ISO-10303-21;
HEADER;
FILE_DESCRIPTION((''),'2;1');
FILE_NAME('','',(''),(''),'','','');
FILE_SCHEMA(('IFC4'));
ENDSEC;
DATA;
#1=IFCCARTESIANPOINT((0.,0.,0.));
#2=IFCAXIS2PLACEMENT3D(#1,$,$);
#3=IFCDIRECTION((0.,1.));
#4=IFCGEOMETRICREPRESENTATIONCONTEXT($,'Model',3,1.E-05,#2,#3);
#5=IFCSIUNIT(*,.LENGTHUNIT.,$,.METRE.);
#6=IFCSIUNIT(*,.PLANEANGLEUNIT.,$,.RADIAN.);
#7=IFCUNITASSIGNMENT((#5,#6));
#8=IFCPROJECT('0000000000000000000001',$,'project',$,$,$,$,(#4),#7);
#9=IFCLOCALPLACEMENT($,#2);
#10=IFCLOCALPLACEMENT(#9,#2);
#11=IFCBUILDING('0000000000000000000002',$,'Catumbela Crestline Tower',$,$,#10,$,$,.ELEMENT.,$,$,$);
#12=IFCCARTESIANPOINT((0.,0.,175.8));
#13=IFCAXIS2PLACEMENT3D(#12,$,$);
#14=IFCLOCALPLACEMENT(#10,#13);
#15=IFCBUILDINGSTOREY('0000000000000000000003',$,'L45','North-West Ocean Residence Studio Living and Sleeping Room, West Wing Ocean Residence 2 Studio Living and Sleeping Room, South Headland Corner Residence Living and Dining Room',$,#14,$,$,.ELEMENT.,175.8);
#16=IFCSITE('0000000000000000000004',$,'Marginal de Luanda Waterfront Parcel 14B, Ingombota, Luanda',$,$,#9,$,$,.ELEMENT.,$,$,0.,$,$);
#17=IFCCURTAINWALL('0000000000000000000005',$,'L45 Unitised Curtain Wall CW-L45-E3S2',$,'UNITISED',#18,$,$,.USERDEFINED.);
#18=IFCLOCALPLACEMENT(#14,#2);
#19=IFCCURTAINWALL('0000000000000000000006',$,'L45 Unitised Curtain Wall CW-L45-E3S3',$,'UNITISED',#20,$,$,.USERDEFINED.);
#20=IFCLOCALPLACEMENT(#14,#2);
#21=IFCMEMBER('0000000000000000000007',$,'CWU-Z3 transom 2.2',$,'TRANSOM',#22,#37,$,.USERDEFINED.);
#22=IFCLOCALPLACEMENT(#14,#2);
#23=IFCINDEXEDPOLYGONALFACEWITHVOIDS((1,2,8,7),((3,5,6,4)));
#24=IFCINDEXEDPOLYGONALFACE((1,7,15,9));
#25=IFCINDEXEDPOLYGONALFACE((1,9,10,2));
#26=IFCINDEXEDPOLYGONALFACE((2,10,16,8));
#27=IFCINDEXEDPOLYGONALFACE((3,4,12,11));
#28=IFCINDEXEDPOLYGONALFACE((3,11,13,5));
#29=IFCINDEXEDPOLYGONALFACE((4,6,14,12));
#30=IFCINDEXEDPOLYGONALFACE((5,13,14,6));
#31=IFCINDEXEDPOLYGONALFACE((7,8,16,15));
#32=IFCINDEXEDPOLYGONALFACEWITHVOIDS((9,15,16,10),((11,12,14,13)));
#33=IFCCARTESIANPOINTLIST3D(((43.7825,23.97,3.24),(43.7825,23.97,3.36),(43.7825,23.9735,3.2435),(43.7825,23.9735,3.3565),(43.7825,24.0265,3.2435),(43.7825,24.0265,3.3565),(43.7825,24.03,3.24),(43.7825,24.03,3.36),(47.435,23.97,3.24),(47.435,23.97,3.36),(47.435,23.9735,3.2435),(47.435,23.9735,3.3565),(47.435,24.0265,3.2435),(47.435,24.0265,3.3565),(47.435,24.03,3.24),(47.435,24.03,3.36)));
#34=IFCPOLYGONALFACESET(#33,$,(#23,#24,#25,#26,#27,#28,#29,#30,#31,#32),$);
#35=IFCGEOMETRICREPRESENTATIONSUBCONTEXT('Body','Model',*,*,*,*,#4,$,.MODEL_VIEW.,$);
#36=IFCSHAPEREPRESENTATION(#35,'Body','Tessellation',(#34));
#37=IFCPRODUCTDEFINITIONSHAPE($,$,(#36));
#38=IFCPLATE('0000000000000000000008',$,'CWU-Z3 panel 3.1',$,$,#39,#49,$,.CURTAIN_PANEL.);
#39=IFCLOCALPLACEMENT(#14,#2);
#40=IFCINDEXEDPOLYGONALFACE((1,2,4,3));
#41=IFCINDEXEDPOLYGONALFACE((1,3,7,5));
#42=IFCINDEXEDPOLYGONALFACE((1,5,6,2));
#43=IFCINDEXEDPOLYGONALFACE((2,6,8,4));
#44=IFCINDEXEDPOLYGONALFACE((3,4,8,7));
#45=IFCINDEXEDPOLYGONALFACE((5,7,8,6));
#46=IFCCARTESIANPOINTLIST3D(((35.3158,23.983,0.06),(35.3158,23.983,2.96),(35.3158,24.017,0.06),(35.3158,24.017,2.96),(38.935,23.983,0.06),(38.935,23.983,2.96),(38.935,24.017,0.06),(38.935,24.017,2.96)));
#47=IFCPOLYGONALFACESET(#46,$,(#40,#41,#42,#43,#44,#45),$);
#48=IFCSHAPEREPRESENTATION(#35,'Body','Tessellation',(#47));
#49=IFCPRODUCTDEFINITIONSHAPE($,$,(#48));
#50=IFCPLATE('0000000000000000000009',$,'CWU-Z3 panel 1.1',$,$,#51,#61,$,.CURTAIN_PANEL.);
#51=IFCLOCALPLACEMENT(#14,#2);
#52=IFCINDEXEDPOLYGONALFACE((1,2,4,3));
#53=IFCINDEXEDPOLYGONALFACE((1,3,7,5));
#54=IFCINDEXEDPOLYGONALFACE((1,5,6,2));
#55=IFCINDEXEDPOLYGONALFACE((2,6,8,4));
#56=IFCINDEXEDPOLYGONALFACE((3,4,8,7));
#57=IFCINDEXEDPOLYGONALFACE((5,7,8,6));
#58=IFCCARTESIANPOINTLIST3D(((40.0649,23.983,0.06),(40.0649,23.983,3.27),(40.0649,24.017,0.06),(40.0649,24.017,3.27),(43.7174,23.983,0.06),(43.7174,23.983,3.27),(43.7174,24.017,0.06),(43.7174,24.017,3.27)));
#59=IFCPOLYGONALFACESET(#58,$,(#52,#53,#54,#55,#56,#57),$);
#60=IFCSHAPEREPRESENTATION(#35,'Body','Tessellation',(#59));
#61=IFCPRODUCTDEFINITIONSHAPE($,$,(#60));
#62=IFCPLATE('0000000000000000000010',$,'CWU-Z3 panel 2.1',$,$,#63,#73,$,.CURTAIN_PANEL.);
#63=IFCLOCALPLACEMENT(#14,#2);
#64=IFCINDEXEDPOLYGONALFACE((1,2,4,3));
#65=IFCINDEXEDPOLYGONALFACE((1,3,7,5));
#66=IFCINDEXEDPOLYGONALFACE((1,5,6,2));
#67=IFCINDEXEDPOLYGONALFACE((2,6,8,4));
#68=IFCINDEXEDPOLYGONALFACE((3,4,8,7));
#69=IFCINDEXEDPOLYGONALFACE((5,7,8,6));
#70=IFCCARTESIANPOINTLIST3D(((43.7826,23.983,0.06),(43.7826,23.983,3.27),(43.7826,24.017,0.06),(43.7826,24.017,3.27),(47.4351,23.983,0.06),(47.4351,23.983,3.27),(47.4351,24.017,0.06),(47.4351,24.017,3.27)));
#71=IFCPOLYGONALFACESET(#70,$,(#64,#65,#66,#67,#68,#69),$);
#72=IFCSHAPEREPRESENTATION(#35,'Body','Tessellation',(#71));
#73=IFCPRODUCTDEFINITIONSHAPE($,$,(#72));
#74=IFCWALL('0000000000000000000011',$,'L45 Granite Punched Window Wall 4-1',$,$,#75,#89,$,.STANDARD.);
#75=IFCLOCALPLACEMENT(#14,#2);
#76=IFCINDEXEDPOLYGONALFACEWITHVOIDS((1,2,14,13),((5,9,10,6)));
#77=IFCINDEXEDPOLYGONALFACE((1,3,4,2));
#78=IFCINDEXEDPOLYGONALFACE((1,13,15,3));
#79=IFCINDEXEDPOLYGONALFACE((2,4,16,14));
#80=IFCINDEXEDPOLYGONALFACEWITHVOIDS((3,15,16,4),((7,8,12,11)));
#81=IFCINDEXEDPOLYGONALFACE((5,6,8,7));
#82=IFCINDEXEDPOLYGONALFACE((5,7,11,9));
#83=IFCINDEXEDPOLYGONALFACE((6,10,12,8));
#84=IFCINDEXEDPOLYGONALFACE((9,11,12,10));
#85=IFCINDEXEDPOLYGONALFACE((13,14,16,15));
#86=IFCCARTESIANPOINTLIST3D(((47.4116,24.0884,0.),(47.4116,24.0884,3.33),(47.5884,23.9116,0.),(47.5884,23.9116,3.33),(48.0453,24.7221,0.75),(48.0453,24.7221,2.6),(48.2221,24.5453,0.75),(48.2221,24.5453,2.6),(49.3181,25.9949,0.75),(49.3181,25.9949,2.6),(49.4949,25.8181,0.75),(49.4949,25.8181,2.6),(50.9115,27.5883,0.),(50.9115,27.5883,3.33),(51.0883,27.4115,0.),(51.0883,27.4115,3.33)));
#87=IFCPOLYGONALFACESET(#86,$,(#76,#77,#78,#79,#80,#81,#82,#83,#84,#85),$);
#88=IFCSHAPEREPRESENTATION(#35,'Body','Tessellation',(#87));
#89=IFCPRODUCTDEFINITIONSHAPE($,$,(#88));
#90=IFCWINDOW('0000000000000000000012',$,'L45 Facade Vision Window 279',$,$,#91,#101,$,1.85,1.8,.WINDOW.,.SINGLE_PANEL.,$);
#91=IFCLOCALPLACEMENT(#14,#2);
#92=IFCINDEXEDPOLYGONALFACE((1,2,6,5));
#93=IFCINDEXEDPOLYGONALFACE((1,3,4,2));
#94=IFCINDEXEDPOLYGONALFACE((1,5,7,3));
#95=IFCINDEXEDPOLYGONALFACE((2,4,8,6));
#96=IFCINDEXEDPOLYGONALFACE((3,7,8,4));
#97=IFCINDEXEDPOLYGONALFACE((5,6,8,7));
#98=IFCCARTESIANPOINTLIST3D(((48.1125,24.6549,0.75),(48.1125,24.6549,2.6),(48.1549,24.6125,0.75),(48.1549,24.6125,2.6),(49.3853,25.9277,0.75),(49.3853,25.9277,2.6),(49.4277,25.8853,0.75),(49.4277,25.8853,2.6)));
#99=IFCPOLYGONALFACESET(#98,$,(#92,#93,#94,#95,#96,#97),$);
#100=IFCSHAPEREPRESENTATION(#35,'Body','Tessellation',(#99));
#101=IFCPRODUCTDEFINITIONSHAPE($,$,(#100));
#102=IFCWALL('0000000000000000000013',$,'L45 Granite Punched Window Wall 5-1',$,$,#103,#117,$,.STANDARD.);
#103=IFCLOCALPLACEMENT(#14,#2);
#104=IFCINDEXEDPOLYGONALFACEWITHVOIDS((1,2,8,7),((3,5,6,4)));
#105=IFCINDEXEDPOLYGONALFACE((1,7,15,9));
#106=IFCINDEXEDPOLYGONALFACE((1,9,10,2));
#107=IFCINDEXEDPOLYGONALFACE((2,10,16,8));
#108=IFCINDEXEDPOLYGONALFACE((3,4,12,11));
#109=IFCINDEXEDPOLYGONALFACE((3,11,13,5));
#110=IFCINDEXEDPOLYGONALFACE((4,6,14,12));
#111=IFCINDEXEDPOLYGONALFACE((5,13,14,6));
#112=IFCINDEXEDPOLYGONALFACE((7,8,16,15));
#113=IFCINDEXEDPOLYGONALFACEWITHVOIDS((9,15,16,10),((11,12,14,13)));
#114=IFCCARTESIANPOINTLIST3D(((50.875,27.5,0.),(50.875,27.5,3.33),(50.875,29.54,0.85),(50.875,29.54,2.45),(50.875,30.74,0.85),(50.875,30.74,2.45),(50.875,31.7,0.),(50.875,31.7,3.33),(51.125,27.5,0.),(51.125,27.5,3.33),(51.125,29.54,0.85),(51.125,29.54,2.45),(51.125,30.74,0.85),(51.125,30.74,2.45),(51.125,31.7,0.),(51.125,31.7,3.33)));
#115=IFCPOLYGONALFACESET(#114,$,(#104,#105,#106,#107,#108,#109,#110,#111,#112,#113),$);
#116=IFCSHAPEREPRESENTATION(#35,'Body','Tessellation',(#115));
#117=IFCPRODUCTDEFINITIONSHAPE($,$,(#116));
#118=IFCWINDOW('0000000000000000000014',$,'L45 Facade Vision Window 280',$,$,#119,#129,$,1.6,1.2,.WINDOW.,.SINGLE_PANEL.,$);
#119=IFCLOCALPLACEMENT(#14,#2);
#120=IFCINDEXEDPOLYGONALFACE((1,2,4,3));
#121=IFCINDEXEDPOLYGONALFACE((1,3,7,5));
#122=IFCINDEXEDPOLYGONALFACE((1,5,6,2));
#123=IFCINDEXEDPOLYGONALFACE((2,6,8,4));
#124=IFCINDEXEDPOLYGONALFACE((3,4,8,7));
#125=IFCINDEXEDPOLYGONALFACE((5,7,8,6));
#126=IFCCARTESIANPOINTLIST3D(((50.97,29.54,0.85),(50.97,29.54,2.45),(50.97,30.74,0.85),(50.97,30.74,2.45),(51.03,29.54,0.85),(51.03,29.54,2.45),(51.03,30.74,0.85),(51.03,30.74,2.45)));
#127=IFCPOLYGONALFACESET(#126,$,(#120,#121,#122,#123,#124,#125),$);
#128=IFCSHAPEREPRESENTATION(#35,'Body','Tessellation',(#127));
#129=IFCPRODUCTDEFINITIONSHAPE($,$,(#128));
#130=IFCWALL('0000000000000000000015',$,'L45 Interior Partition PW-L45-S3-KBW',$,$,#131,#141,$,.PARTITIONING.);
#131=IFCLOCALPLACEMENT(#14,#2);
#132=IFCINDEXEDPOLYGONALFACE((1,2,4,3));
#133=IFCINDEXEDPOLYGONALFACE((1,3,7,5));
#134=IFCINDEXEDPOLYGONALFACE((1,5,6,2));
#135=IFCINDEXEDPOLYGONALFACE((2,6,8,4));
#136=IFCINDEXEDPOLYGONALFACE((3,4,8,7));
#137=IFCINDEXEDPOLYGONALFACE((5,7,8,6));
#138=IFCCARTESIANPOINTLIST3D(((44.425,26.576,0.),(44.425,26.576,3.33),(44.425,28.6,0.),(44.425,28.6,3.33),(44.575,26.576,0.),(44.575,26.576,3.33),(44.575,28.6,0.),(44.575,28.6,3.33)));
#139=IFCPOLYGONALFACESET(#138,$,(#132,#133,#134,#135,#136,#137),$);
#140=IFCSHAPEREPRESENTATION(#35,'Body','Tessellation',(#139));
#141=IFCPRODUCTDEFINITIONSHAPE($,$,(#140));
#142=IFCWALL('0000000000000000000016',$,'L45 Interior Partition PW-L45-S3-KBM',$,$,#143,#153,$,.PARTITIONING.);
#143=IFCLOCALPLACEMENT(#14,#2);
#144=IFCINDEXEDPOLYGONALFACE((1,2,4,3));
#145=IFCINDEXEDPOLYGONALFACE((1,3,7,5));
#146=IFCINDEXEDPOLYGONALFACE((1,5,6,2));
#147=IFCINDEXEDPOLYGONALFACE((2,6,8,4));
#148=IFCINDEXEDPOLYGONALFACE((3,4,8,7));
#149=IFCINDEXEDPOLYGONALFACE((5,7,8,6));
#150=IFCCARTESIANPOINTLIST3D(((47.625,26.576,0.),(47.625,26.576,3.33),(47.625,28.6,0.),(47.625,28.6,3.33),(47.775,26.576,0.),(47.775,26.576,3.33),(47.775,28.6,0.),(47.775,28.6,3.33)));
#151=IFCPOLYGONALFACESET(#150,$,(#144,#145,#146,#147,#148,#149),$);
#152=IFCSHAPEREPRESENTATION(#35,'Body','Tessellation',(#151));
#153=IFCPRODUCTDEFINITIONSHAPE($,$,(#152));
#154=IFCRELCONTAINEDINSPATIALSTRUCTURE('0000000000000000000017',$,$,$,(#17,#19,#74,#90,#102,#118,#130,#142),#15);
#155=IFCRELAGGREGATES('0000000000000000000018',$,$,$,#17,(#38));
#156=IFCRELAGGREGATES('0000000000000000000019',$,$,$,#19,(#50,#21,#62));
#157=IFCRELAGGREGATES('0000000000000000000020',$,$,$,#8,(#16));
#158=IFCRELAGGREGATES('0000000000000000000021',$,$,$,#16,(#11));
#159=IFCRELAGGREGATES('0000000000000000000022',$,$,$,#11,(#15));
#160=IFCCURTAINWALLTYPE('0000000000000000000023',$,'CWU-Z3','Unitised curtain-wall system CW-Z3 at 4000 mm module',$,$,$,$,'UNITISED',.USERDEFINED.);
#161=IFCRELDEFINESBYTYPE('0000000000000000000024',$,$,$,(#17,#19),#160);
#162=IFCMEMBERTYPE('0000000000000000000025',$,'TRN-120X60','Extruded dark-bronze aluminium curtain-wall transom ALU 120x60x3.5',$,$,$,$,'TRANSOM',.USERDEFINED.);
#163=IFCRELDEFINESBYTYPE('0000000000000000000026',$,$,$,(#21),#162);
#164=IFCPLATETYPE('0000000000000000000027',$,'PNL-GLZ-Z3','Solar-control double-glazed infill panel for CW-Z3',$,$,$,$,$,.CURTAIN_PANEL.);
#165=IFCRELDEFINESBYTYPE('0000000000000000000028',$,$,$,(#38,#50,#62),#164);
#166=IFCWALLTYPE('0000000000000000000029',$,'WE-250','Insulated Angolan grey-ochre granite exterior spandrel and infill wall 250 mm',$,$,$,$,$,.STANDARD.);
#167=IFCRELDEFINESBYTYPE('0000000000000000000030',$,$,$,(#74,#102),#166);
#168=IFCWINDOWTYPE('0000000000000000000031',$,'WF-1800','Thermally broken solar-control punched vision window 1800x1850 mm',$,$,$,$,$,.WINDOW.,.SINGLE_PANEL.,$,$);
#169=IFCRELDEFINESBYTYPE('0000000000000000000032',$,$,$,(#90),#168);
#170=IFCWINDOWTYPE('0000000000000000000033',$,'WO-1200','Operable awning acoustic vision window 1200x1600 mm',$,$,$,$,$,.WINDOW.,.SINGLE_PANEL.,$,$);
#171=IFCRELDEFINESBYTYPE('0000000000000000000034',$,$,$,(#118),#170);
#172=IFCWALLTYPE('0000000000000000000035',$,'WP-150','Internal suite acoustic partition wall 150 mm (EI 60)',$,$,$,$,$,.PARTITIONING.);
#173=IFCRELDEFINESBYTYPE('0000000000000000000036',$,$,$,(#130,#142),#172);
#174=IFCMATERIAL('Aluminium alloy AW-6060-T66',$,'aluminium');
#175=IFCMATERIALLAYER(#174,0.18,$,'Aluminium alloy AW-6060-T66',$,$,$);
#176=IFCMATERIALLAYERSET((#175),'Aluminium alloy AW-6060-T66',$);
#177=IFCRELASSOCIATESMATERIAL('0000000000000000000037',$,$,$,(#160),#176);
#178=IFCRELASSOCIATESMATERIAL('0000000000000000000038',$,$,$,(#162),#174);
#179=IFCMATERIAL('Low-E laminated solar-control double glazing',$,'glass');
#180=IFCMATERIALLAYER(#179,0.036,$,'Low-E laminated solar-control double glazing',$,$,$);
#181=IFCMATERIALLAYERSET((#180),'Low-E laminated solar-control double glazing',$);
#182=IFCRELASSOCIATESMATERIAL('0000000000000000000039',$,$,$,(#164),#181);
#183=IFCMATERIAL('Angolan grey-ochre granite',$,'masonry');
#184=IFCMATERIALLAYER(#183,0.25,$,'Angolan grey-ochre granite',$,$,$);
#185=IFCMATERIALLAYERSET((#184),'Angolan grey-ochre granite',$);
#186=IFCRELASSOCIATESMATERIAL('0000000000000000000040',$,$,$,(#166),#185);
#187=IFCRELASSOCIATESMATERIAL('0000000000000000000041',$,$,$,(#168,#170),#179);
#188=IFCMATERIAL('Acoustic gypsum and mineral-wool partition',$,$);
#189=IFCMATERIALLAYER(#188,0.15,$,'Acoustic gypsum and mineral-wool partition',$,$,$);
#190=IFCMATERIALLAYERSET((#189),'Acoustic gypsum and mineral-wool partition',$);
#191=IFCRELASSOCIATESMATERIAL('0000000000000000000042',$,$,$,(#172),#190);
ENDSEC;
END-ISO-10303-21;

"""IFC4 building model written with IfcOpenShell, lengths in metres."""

from ifc_helpers import new_model, si_unit, direction, frame, frame_2d, origin, origin_2d, place, context, subcontext, project, spatial, rectangle, hollow_rectangle, extrude, material, layer, layer_set, material_profile, profile_set, type_object, element, fill, aggregate, save


model = new_model("IFC4")

# Units and contexts
model_context = context("Model", 3, precision=1e-05, world=origin(), true_north=direction((0.0, 1.0)))
body_context = subcontext(model_context, "Body", "Model", "MODEL_VIEW")
ifc_project = project(units=[si_unit("LENGTHUNIT", "METRE"), si_unit("PLANEANGLEUNIT", "RADIAN")], contexts=[model_context])

# Site, building, storey
site_placement = place(None, origin())
site = spatial("IfcSite", under=ifc_project, at=site_placement, Name="Marginal de Luanda Waterfront Parcel 14B, Ingombota, Luanda", CompositionType="ELEMENT", RefElevation=0.0)
building_placement = place(site_placement, origin())
building = spatial("IfcBuilding", under=site, at=building_placement, Name="Catumbela Crestline Tower", CompositionType="ELEMENT")
storey_placement = place(building_placement, frame((0.0, 0.0, 175.8)))
storey = spatial("IfcBuildingStorey", under=building, at=storey_placement, Name="L45", Description="North-West Ocean Residence Studio Living and Sleeping Room, West Wing Ocean Residence 2 Studio Living and Sleeping Room, South Headland Corner Residence Living and Dining Room", CompositionType="ELEMENT", Elevation=175.8)

# Curtain wall
ifc_material_1 = material(Name="Aluminium alloy AW-6060-T66", Category="aluminium")
ifc_layer_1 = layer(ifc_material_1, 0.18, Name="Aluminium alloy AW-6060-T66")
ifc_layer_set_1 = layer_set([ifc_layer_1], Name="Aluminium alloy AW-6060-T66")
curtain_wall_type = type_object("IfcCurtainWallType", Name="CWU-Z3", Description="Unitised curtain-wall system CW-Z3 at 4000 mm module", ElementType="UNITISED", PredefinedType="USERDEFINED", material=ifc_layer_set_1)
curtain_wall_1_placement = place(storey_placement, origin())
curtain_wall_1 = element("IfcCurtainWall", 1, at=curtain_wall_1_placement, inside=storey, type_object=curtain_wall_type, Name="L45 Unitised Curtain Wall CW-L45-E3S2", ObjectType="UNITISED", PredefinedType="USERDEFINED")

# Curtain wall, member
curtain_wall_2_placement = place(storey_placement, origin())
curtain_wall_2 = element("IfcCurtainWall", 2, at=curtain_wall_2_placement, inside=storey, type_object=curtain_wall_type, Name="L45 Unitised Curtain Wall CW-L45-E3S3", ObjectType="UNITISED", PredefinedType="USERDEFINED")
ifc_material_profile_1 = material_profile(ifc_material_1, hollow_rectangle(XDim=0.06, YDim=0.12, WallThickness=0.0035, at=origin_2d()), Name="ALU 120x60x3.5")
ifc_profile_set_1 = profile_set([ifc_material_profile_1], Name="Aluminium alloy AW-6060-T66")
member_type_1 = type_object("IfcMemberType", Name="TRN-120X60", Description="Extruded dark-bronze aluminium curtain-wall transom ALU 120x60x3.5", ElementType="TRANSOM", PredefinedType="USERDEFINED", material=ifc_profile_set_1)
member_1_placement = place(storey_placement, frame((43.7825, 24.0, 3.3), z_axis=(1.0, 0.0, 0.0), x_axis=(0.0, 1.0, 0.0)))
member_1 = element("IfcMember", 3, at=member_1_placement, type_object=member_type_1, Name="CWU-Z3 transom 2.2", ObjectType="TRANSOM", PredefinedType="USERDEFINED", context=body_context, shape_type="SweptSolid", body=[
    extrude(hollow_rectangle(XDim=0.06, YDim=0.12, WallThickness=0.0035, at=origin_2d()), origin(), (0.0, 0.0, 1.0), 3.6525),
])

# Plates
ifc_material_2 = material(Name="Low-E laminated solar-control double glazing", Category="glass")
ifc_layer_2 = layer(ifc_material_2, 0.036, Name="Low-E laminated solar-control double glazing")
ifc_layer_set_2 = layer_set([ifc_layer_2], Name="Low-E laminated solar-control double glazing")
plate_type = type_object("IfcPlateType", Name="PNL-GLZ-Z3", Description="Solar-control double-glazed infill panel for CW-Z3", PredefinedType="CURTAIN_PANEL", material=ifc_layer_set_2)
plate_1_placement = place(storey_placement, frame((37.1254, 24.0, 0.06), z_axis=(0.0, 0.0, 1.0), x_axis=(1.0, 0.0, 0.0)))
plate_1 = element("IfcPlate", 4, at=plate_1_placement, type_object=plate_type, Name="CWU-Z3 panel 3.1", PredefinedType="CURTAIN_PANEL", context=body_context, shape_type="SweptSolid", body=[
    extrude(rectangle(XDim=3.6192, YDim=0.034, at=origin_2d()), origin(), (0.0, 0.0, 1.0), 2.9),
])
aggregate(curtain_wall_1, [plate_1])
plate_2_placement = place(storey_placement, frame((41.8912, 24.0, 0.06), z_axis=(0.0, 0.0, 1.0), x_axis=(1.0, 0.0, 0.0)))
plate_2 = element("IfcPlate", 5, at=plate_2_placement, type_object=plate_type, Name="CWU-Z3 panel 1.1", PredefinedType="CURTAIN_PANEL", context=body_context, shape_type="SweptSolid", body=[
    extrude(rectangle(XDim=3.6525, YDim=0.034, at=origin_2d()), origin(), (0.0, 0.0, 1.0), 3.21),
])
plate_3_placement = place(storey_placement, frame((45.6088, 24.0, 0.06), z_axis=(0.0, 0.0, 1.0), x_axis=(1.0, 0.0, 0.0)))
plate_3 = element("IfcPlate", 6, at=plate_3_placement, type_object=plate_type, Name="CWU-Z3 panel 2.1", PredefinedType="CURTAIN_PANEL", context=body_context, shape_type="SweptSolid", body=[
    extrude(rectangle(XDim=3.6525, YDim=0.034, at=origin_2d()), origin(), (0.0, 0.0, 1.0), 3.21),
])
aggregate(curtain_wall_2, [plate_2, member_1, plate_3])

# Walls, openings, windows
ifc_material_3 = material(Name="Angolan grey-ochre granite", Category="masonry")
ifc_layer_3 = layer(ifc_material_3, 0.25, Name="Angolan grey-ochre granite")
ifc_layer_set_3 = layer_set([ifc_layer_3], Name="Angolan grey-ochre granite")
wall_type_1 = type_object("IfcWallType", Name="WE-250", Description="Insulated Angolan grey-ochre granite exterior spandrel and infill wall 250 mm", PredefinedType="STANDARD", material=ifc_layer_set_3)
wall_1_placement = place(storey_placement, frame((47.5, 24.0, 0.0), z_axis=(0.0, 0.0, 1.0), x_axis=(0.707107, 0.707107, 0.0)))
wall_1 = element("IfcWall", 7, at=wall_1_placement, inside=storey, type_object=wall_type_1, Name="L45 Granite Punched Window Wall 4-1", PredefinedType="STANDARD", context=body_context, shape_type="SweptSolid", body=[
    extrude(rectangle(XDim=4.9497, YDim=0.25, at=frame_2d((2.4748, 0.0))), origin(), (0.0, 0.0, 1.0), 3.33),
])
opening_1_placement = place(wall_1_placement, frame((0.8962, 0.0, 0.75)))
opening_1 = element("IfcOpeningElement", 8, at=opening_1_placement, cuts=wall_1, PredefinedType="OPENING", context=body_context, shape_type="SweptSolid", body=[
    extrude(rectangle(XDim=1.8, YDim=1.85, at=frame_2d((0.9, 0.925))), frame((0.0, 0.135, 0.0), z_axis=(0.0, -1.0, 0.0), x_axis=(1.0, 0.0, 0.0)), (0.0, 0.0, 1.0), 0.27),
])
window_type_1 = type_object("IfcWindowType", Name="WF-1800", Description="Thermally broken solar-control punched vision window 1800x1850 mm", PartitioningType="SINGLE_PANEL", PredefinedType="WINDOW", material=ifc_material_2)
window_1_placement = place(opening_1_placement, origin())
window_1 = element("IfcWindow", 9, at=window_1_placement, inside=storey, type_object=window_type_1, Name="L45 Facade Vision Window 279", OverallHeight=1.85, OverallWidth=1.8, PartitioningType="SINGLE_PANEL", PredefinedType="WINDOW", context=body_context, shape_type="SweptSolid", body=[
    extrude(rectangle(XDim=1.8, YDim=1.85, at=frame_2d((0.9, 0.925))), frame((0.0, 0.03, 0.0), z_axis=(0.0, -1.0, 0.0), x_axis=(1.0, 0.0, 0.0)), (0.0, 0.0, 1.0), 0.06),
])
fill(opening_1, window_1)
wall_2_placement = place(storey_placement, frame((51.0, 27.5, 0.0), z_axis=(0.0, 0.0, 1.0), x_axis=(0.0, 1.0, 0.0)))
wall_2 = element("IfcWall", 10, at=wall_2_placement, inside=storey, type_object=wall_type_1, Name="L45 Granite Punched Window Wall 5-1", PredefinedType="STANDARD", context=body_context, shape_type="SweptSolid", body=[
    extrude(rectangle(XDim=4.2, YDim=0.25, at=frame_2d((2.1, 0.0))), origin(), (0.0, 0.0, 1.0), 3.33),
])
opening_2_placement = place(wall_2_placement, frame((2.04, 0.0, 0.85)))
opening_2 = element("IfcOpeningElement", 11, at=opening_2_placement, cuts=wall_2, PredefinedType="OPENING", context=body_context, shape_type="SweptSolid", body=[
    extrude(rectangle(XDim=1.2, YDim=1.6, at=frame_2d((0.6, 0.8))), frame((0.0, 0.135, 0.0), z_axis=(0.0, -1.0, 0.0), x_axis=(1.0, 0.0, 0.0)), (0.0, 0.0, 1.0), 0.27),
])
window_type_2 = type_object("IfcWindowType", Name="WO-1200", Description="Operable awning acoustic vision window 1200x1600 mm", PartitioningType="SINGLE_PANEL", PredefinedType="WINDOW", material=ifc_material_2)
window_2_placement = place(opening_2_placement, origin())
window_2 = element("IfcWindow", 12, at=window_2_placement, inside=storey, type_object=window_type_2, Name="L45 Facade Vision Window 280", OverallHeight=1.6, OverallWidth=1.2, PartitioningType="SINGLE_PANEL", PredefinedType="WINDOW", context=body_context, shape_type="SweptSolid", body=[
    extrude(rectangle(XDim=1.2, YDim=1.6, at=frame_2d((0.6, 0.8))), frame((0.0, 0.03, 0.0), z_axis=(0.0, -1.0, 0.0), x_axis=(1.0, 0.0, 0.0)), (0.0, 0.0, 1.0), 0.06),
])
fill(opening_2, window_2)

# Walls
ifc_material_4 = material(Name="Acoustic gypsum and mineral-wool partition")
ifc_layer_4 = layer(ifc_material_4, 0.15, Name="Acoustic gypsum and mineral-wool partition")
ifc_layer_set_4 = layer_set([ifc_layer_4], Name="Acoustic gypsum and mineral-wool partition")
wall_type_2 = type_object("IfcWallType", Name="WP-150", Description="Internal suite acoustic partition wall 150 mm (EI 60)", PredefinedType="PARTITIONING", material=ifc_layer_set_4)
for number, where, z_axis, x_axis, name in (
    (13, (44.5, 26.576, 0.0), (0.0, 0.0, 1.0), (0.0, 1.0, 0.0), "L45 Interior Partition PW-L45-S3-KBW"),
    (14, (47.7, 26.576, 0.0), (0.0, 0.0, 1.0), (0.0, 1.0, 0.0), "L45 Interior Partition PW-L45-S3-KBM"),
):
    element("IfcWall", number, at=place(storey_placement, frame(where, z_axis=z_axis, x_axis=x_axis)), inside=storey, type_object=wall_type_2, Name=name, PredefinedType="PARTITIONING", context=body_context, shape_type="SweptSolid", body=[
        extrude(rectangle(XDim=2.024, YDim=0.15, at=frame_2d((1.012, 0.0))), origin(), (0.0, 0.0, 1.0), 3.33),
    ])

save(model, "model.ifc")
